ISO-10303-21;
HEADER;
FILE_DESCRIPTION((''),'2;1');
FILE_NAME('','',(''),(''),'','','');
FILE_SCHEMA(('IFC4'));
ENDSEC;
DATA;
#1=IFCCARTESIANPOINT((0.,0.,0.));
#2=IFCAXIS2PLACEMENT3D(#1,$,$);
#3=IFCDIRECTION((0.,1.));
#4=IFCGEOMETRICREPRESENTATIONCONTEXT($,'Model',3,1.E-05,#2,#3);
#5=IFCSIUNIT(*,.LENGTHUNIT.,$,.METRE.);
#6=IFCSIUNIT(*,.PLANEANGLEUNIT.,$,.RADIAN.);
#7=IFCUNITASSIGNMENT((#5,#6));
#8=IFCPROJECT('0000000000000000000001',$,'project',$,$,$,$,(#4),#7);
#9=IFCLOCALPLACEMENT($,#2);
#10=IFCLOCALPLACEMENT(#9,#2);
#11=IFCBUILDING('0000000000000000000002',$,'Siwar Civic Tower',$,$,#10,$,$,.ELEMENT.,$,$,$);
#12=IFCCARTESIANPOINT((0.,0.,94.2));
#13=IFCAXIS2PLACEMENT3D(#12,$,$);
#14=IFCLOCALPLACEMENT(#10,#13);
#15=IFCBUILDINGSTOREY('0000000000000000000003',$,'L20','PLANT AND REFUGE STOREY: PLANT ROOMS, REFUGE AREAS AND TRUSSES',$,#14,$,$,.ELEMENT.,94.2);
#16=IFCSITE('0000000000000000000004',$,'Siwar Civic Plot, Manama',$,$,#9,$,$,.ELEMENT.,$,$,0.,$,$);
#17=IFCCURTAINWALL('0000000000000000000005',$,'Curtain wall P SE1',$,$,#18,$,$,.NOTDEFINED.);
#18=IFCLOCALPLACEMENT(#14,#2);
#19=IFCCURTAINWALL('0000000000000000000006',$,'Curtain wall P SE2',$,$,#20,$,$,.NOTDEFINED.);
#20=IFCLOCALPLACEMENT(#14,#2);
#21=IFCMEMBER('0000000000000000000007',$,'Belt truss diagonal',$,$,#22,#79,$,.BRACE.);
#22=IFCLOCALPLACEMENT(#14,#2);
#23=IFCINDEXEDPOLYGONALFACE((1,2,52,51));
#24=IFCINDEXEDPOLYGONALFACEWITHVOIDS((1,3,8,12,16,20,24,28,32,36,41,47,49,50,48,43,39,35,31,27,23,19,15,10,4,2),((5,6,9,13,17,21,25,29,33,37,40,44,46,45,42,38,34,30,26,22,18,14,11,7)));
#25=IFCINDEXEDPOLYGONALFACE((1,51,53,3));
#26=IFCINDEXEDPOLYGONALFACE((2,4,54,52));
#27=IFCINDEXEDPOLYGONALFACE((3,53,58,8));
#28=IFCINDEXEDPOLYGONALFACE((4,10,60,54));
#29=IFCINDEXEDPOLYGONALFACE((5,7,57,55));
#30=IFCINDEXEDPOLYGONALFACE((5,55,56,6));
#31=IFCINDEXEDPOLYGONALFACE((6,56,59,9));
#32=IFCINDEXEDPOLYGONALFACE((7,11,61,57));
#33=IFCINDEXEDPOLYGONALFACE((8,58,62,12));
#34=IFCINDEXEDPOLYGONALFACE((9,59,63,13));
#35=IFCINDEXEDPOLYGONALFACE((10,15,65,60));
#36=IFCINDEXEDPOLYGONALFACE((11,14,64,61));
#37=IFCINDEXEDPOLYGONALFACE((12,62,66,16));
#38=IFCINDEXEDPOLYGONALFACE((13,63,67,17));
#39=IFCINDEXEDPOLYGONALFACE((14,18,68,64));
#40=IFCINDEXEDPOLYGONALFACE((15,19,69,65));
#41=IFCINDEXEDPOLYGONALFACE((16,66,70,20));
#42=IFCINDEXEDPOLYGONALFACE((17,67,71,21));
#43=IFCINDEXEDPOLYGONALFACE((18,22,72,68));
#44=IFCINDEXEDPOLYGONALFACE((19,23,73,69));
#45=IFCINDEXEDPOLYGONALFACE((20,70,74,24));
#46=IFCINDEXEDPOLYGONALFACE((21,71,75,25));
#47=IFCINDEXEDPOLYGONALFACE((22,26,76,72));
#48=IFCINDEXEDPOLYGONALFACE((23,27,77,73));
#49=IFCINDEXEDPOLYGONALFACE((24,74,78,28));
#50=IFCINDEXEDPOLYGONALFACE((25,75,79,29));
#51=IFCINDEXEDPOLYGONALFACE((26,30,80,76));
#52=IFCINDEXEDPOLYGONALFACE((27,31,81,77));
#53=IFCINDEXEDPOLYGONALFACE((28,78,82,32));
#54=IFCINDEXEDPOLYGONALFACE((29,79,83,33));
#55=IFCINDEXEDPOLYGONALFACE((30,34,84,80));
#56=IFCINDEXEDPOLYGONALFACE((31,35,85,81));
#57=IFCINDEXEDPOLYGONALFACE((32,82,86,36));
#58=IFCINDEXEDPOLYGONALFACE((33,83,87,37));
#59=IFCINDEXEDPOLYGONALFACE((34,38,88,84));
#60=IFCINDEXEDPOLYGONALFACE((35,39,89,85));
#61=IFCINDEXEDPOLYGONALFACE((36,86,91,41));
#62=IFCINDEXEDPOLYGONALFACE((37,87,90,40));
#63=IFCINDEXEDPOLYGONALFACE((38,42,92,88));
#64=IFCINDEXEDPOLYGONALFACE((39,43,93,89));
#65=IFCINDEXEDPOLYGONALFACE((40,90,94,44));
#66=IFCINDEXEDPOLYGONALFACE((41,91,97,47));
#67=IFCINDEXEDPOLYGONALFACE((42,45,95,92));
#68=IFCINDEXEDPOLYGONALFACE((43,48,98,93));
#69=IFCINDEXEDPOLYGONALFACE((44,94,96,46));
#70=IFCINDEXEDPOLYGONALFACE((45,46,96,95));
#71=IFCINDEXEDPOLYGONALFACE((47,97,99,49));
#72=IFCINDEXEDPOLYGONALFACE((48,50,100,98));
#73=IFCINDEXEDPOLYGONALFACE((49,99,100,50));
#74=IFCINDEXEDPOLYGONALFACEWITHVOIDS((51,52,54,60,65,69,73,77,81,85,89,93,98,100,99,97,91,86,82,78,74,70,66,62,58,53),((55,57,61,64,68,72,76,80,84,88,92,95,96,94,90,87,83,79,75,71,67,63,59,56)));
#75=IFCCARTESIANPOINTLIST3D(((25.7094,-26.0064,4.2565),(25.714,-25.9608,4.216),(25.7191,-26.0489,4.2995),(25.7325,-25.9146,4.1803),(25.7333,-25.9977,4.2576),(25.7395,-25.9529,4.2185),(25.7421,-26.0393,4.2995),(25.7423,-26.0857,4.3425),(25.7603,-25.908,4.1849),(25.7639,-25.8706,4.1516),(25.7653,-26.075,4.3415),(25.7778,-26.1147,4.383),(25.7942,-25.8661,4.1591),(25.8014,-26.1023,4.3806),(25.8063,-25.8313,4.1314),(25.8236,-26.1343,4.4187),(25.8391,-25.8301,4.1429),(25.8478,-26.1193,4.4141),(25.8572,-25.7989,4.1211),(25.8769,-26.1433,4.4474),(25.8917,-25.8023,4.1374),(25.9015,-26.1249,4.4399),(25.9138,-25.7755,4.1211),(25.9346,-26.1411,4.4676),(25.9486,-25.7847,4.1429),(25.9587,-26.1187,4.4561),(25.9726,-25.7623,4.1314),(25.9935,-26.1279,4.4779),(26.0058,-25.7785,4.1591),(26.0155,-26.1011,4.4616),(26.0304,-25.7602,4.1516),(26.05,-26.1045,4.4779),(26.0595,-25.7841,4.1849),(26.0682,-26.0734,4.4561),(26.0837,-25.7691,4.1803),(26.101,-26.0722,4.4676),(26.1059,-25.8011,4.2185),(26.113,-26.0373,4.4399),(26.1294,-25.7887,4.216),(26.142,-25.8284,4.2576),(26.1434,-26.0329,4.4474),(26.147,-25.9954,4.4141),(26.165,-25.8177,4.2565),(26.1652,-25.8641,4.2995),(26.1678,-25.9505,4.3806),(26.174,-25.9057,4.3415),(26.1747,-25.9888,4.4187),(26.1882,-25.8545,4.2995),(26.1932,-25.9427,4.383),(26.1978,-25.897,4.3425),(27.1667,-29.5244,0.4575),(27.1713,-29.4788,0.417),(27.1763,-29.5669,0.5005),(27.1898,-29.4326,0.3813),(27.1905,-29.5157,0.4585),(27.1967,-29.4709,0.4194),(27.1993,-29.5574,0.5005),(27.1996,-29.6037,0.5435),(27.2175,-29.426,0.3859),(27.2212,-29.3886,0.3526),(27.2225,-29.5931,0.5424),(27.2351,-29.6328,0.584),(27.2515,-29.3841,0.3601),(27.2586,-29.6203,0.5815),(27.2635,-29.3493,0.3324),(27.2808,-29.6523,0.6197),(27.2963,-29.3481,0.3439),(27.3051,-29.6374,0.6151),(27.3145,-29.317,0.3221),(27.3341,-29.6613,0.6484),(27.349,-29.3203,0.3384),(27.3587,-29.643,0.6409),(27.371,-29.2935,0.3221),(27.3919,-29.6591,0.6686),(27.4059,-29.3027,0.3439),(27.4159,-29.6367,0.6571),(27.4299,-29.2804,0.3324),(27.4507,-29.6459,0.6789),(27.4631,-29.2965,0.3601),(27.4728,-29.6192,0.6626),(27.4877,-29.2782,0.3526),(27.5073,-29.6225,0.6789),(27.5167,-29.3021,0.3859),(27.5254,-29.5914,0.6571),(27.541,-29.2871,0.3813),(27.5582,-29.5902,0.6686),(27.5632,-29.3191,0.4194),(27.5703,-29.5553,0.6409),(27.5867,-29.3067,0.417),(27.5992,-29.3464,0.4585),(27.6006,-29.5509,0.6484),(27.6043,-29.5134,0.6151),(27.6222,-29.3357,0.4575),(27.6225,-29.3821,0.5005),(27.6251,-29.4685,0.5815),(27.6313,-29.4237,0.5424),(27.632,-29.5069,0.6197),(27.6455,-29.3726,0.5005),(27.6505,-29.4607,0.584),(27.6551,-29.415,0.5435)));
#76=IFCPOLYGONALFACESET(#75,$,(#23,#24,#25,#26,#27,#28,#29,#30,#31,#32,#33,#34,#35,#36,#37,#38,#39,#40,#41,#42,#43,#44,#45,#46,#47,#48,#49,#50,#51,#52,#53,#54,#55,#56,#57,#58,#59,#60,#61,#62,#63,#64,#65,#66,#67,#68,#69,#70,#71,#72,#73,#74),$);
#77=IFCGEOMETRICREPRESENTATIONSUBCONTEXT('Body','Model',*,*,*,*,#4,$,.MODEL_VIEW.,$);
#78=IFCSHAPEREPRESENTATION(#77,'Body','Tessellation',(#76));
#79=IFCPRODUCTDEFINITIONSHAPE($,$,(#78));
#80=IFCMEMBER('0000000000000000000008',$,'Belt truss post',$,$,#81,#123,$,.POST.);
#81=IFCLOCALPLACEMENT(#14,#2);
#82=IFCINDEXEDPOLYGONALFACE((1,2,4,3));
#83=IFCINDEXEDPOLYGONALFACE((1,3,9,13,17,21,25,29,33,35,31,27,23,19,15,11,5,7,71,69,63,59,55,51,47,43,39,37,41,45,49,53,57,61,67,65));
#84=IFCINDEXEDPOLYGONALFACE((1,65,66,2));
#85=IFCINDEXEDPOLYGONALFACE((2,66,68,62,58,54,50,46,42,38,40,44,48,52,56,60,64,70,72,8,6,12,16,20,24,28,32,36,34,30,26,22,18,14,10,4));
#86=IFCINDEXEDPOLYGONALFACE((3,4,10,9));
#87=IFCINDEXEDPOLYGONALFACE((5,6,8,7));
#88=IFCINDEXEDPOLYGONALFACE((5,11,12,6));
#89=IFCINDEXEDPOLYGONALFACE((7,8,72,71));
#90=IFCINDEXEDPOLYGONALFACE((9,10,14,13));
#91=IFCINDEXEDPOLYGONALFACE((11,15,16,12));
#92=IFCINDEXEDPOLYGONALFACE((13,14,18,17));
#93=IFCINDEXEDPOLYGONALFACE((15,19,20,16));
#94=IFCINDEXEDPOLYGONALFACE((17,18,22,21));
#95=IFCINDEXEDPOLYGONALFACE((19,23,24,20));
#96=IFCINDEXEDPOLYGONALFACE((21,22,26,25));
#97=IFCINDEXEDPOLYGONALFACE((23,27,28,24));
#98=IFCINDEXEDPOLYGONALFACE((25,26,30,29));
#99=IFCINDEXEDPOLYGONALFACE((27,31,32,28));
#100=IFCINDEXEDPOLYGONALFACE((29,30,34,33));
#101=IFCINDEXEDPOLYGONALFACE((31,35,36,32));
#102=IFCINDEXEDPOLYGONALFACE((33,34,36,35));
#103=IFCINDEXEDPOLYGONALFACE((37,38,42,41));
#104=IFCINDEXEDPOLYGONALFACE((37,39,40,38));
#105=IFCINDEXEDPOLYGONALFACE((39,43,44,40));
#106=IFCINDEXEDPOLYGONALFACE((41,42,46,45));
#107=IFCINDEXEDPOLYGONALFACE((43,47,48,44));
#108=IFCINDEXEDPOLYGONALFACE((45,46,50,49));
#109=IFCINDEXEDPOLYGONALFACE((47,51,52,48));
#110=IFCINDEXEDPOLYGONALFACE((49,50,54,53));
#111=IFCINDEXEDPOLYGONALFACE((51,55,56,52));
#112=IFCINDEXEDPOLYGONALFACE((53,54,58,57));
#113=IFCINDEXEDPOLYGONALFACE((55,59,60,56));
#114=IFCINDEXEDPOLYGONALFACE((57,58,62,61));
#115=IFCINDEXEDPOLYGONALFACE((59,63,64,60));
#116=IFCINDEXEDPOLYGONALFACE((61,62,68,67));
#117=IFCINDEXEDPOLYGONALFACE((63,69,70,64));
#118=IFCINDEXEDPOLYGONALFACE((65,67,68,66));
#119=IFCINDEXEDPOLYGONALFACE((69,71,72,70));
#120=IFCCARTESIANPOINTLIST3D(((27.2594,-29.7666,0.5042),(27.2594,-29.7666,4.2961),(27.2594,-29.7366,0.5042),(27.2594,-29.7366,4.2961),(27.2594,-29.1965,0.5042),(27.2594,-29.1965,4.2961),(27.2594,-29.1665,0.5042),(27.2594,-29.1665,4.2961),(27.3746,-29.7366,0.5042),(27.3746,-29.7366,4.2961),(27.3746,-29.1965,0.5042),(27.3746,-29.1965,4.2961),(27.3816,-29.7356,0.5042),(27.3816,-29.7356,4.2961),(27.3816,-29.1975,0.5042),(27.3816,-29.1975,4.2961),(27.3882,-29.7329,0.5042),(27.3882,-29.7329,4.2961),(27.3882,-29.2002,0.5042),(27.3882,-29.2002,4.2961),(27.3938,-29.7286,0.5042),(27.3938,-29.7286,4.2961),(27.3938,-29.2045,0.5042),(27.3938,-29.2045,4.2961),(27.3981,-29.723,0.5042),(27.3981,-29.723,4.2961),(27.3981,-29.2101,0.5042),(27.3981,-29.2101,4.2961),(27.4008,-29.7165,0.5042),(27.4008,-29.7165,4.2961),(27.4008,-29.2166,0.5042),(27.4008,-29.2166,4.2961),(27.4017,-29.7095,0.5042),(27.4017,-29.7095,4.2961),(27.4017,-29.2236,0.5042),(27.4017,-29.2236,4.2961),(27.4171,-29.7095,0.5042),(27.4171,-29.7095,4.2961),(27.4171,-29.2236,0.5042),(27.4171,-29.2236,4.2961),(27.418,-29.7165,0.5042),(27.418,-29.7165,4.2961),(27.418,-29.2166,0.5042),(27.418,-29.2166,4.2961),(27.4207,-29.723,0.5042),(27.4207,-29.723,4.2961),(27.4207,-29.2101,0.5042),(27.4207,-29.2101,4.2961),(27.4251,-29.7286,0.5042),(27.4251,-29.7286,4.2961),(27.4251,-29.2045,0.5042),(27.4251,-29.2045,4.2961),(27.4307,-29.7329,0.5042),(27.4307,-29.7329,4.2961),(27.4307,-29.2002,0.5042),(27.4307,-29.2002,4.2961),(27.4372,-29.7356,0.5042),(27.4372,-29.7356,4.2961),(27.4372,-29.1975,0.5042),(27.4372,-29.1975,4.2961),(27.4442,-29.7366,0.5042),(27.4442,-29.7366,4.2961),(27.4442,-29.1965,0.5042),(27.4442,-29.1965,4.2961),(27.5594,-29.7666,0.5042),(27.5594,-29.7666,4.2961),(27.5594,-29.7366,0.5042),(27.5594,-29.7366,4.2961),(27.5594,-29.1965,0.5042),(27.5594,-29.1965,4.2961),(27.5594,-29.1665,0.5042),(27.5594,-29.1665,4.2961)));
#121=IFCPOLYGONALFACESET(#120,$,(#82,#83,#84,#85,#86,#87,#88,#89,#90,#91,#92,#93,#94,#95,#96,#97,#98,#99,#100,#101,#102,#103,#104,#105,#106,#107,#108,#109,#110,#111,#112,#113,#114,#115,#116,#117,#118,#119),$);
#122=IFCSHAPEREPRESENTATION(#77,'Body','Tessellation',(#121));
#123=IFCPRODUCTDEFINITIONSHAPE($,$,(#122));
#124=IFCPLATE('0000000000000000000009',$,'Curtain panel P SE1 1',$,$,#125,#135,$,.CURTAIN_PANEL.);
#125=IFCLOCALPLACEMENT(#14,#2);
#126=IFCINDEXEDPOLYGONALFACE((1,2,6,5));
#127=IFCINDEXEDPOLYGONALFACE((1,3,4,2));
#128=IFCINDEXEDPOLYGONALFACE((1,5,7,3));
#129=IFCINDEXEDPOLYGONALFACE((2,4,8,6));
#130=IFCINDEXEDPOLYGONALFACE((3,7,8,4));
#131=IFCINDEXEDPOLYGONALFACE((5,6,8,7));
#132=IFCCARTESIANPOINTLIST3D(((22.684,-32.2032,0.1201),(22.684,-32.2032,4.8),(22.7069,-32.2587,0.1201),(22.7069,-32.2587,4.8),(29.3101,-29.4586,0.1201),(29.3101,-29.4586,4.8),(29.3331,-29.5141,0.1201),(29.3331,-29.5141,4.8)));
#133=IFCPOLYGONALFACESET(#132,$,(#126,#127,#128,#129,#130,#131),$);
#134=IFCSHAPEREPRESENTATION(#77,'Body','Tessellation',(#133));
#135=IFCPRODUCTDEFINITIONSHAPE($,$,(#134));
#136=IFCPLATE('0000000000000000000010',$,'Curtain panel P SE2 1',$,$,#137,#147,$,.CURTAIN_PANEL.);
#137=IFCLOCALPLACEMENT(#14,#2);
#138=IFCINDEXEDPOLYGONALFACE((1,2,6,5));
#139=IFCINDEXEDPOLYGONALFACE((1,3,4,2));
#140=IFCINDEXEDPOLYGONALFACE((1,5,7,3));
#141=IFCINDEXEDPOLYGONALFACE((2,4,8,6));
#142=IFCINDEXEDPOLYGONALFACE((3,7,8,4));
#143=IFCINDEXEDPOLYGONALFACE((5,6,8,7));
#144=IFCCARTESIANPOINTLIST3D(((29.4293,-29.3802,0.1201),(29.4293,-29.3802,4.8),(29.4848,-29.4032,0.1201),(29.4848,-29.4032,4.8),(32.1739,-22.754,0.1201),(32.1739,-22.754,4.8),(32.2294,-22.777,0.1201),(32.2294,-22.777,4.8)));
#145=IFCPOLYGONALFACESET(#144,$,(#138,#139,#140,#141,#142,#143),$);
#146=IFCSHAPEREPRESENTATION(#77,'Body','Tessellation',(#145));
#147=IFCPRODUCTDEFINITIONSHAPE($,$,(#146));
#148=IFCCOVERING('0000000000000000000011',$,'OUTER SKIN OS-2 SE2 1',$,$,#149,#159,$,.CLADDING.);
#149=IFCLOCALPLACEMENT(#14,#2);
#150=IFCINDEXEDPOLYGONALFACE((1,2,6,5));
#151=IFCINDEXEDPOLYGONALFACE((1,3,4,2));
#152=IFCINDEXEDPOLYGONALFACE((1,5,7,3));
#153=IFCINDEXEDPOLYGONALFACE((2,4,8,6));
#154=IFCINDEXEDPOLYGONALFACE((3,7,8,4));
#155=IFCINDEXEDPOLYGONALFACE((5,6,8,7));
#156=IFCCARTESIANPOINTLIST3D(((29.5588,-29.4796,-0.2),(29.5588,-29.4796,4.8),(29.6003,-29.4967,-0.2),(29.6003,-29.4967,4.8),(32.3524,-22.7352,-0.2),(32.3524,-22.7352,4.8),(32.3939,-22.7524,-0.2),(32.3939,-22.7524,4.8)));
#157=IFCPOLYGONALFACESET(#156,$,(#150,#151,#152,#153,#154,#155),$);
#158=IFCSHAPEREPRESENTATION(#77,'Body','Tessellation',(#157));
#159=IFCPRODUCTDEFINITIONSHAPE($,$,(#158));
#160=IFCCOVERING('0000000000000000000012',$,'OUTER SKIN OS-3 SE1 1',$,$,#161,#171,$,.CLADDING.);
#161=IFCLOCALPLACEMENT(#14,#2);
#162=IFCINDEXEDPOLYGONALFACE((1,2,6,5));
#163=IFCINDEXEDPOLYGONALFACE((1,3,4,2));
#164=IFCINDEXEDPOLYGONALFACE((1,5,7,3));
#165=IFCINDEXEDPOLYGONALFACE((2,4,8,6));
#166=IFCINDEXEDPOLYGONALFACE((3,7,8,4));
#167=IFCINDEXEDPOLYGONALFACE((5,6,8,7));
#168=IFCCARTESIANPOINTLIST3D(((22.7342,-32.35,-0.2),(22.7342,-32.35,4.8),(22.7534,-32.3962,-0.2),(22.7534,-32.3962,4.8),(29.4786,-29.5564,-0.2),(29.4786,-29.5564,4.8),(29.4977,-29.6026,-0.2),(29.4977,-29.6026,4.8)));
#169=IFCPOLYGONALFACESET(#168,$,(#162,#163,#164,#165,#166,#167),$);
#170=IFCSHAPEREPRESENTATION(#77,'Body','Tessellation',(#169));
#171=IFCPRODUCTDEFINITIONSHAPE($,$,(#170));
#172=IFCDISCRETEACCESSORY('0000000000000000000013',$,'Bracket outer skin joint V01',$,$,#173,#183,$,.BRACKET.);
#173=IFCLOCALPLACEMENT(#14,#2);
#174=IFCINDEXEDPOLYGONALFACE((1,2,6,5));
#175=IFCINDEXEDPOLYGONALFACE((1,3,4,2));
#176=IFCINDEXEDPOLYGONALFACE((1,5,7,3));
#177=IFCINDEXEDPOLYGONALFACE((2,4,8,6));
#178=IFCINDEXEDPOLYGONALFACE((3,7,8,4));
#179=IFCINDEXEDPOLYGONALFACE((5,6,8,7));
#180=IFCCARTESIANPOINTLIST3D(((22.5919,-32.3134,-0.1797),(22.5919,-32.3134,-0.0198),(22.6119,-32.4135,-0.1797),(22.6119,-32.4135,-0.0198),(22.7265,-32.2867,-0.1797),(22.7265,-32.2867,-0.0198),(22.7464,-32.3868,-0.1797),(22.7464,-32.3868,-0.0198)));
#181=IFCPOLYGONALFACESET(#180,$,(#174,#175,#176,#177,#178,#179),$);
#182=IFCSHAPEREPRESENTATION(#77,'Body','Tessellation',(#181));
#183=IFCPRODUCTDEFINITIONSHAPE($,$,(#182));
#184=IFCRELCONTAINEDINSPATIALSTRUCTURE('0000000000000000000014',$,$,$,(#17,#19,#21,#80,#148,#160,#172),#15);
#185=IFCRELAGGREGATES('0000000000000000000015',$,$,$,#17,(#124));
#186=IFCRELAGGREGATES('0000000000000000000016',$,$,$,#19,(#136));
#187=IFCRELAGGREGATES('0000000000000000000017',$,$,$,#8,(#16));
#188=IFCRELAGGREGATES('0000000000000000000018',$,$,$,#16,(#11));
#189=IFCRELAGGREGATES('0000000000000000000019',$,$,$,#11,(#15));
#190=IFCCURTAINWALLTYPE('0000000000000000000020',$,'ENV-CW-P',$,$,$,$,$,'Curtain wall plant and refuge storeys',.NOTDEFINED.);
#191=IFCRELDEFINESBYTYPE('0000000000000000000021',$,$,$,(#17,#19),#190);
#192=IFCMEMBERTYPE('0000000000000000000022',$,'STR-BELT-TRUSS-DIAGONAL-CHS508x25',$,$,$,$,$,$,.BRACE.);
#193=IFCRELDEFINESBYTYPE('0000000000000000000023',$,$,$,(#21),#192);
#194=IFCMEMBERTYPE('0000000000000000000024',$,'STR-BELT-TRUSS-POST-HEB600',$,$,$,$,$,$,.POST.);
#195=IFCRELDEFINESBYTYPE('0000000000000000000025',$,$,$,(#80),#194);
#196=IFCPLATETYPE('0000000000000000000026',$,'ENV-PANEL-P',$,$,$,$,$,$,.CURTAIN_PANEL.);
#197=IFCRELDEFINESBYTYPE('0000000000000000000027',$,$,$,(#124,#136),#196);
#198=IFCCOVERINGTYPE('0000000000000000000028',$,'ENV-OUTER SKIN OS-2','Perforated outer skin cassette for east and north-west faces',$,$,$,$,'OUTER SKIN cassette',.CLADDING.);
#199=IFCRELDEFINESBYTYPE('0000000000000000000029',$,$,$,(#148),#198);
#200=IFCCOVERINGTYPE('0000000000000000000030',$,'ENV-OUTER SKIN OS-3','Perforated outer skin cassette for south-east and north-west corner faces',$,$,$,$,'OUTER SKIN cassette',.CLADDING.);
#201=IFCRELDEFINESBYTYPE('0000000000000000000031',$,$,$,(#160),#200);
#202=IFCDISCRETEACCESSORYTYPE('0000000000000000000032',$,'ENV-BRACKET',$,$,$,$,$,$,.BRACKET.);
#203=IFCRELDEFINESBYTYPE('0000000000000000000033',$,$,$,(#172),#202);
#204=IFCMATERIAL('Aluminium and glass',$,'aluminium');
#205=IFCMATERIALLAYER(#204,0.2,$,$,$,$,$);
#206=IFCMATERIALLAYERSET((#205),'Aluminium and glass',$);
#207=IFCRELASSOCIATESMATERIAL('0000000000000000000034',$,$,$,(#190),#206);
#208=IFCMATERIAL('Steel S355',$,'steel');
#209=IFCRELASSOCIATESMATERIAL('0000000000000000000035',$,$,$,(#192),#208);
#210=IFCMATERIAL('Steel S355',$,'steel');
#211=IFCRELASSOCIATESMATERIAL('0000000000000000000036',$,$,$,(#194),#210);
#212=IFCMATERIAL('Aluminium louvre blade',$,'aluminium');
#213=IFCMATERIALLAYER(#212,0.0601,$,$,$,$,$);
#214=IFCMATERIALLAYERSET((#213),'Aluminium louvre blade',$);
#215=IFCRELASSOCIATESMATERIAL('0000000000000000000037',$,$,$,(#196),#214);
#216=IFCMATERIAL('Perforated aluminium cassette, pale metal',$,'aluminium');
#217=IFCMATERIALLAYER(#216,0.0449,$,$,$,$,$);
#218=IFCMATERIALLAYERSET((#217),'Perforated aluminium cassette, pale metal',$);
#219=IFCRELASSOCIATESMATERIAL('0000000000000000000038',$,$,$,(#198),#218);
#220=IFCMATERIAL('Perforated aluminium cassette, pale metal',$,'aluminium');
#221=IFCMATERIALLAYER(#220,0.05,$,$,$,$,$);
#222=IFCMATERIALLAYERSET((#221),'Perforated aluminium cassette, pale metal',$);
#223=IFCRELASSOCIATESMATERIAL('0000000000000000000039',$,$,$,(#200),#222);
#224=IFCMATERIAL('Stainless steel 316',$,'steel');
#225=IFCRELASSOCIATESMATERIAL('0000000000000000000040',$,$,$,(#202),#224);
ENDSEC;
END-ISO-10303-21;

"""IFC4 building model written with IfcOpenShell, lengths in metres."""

from ifc_helpers import new_model, si_unit, direction, frame, origin, origin_2d, place, context, subcontext, project, spatial, rectangle, hollow_circle, i_section, extrude, material, layer, layer_set, material_profile, profile_set, type_object, element, aggregate, save


model = new_model("IFC4")

# Units and contexts
model_context = context("Model", 3, precision=1e-05, world=origin(), true_north=direction((0.0, 1.0)))
body_context = subcontext(model_context, "Body", "Model", "MODEL_VIEW")
ifc_project = project(units=[si_unit("LENGTHUNIT", "METRE"), si_unit("PLANEANGLEUNIT", "RADIAN")], contexts=[model_context])

# Site, building, storey
site_placement = place(None, origin())
site = spatial("IfcSite", under=ifc_project, at=site_placement, Name="Siwar Civic Plot, Manama", CompositionType="ELEMENT", RefElevation=0.0)
building_placement = place(site_placement, origin())
building = spatial("IfcBuilding", under=site, at=building_placement, Name="Siwar Civic Tower", CompositionType="ELEMENT")
storey_placement = place(building_placement, frame((0.0, 0.0, 94.2)))
storey = spatial("IfcBuildingStorey", under=building, at=storey_placement, Name="L20", Description="PLANT AND REFUGE STOREY: PLANT ROOMS, REFUGE AREAS AND TRUSSES", CompositionType="ELEMENT", Elevation=94.2)

# Curtain walls
ifc_material_1 = material(Name="Aluminium and glass", Category="aluminium")
ifc_layer_1 = layer(ifc_material_1, 0.2)
ifc_layer_set_1 = layer_set([ifc_layer_1], Name="Aluminium and glass")
curtain_wall_type = type_object("IfcCurtainWallType", Name="ENV-CW-P", ElementType="Curtain wall plant and refuge storeys", PredefinedType="NOTDEFINED", material=ifc_layer_set_1)
curtain_wall_1_placement = place(storey_placement, origin())
curtain_wall_1 = element("IfcCurtainWall", 1, at=curtain_wall_1_placement, inside=storey, type_object=curtain_wall_type, Name="Curtain wall P SE1", PredefinedType="NOTDEFINED")
curtain_wall_2_placement = place(storey_placement, origin())
curtain_wall_2 = element("IfcCurtainWall", 2, at=curtain_wall_2_placement, inside=storey, type_object=curtain_wall_type, Name="Curtain wall P SE2", PredefinedType="NOTDEFINED")

# Members
ifc_material_2 = material(Name="Steel S355", Category="steel")
ifc_material_profile_1 = material_profile(ifc_material_2, hollow_circle(Radius=0.2539, WallThickness=0.0249, at=origin_2d()), Name="CHS508x25")
ifc_profile_set_1 = profile_set([ifc_material_profile_1], Name="Steel S355")
member_type_1 = type_object("IfcMemberType", Name="STR-BELT-TRUSS-DIAGONAL-CHS508x25", PredefinedType="BRACE", material=ifc_profile_set_1)
member_1_placement = place(storey_placement, frame((27.4109, -29.4697, 0.5005), z_axis=(-0.270921, 0.65404, 0.706282), x_axis=(-0.923875, -0.382693, 0.0)))
element("IfcMember", 3, at=member_1_placement, inside=storey, type_object=member_type_1, Name="Belt truss diagonal", PredefinedType="BRACE", context=body_context, shape_type="SweptSolid", body=[
    extrude(hollow_circle(Radius=0.2539, WallThickness=0.0249, at=origin_2d()), origin(), (0.0, 0.0, 1.0), 5.3789),
])
ifc_material_3 = material(Name="Steel S355", Category="steel")
ifc_material_profile_2 = material_profile(ifc_material_3, i_section(OverallWidth=0.3, OverallDepth=0.6001, WebThickness=0.0154, FlangeThickness=0.03, FilletRadius=0.0271, at=origin_2d()), Name="HEB600")
ifc_profile_set_2 = profile_set([ifc_material_profile_2], Name="Steel S355")
member_type_2 = type_object("IfcMemberType", Name="STR-BELT-TRUSS-POST-HEB600", PredefinedType="POST", material=ifc_profile_set_2)
member_2_placement = place(storey_placement, frame((27.4094, -29.4666, 0.5042), z_axis=(0.0, 0.0, 1.0), x_axis=(1.0, 0.0, 0.0)))
element("IfcMember", 4, at=member_2_placement, inside=storey, type_object=member_type_2, Name="Belt truss post", PredefinedType="POST", context=body_context, shape_type="SweptSolid", body=[
    extrude(i_section(OverallWidth=0.3, OverallDepth=0.6001, WebThickness=0.0154, FlangeThickness=0.03, FilletRadius=0.0271, at=origin_2d()), origin(), (0.0, 0.0, 1.0), 3.792),
])

# Plates
ifc_material_4 = material(Name="Aluminium louvre blade", Category="aluminium")
ifc_layer_2 = layer(ifc_material_4, 0.0601)
ifc_layer_set_2 = layer_set([ifc_layer_2], Name="Aluminium louvre blade")
plate_type = type_object("IfcPlateType", Name="ENV-PANEL-P", PredefinedType="CURTAIN_PANEL", material=ifc_layer_set_2)
plate_1_placement = place(storey_placement, frame((26.0085, -30.8586, 0.1201), z_axis=(0.0, 0.0, 1.0), x_axis=(0.92388, 0.382683, 0.0)))
plate_1 = element("IfcPlate", 5, at=plate_1_placement, type_object=plate_type, Name="Curtain panel P SE1 1", PredefinedType="CURTAIN_PANEL", context=body_context, shape_type="SweptSolid", body=[
    extrude(rectangle(XDim=7.1721, YDim=0.0601, at=origin_2d()), origin(), (0.0, 0.0, 1.0), 4.6799),
])
aggregate(curtain_wall_1, [plate_1])
plate_2_placement = place(storey_placement, frame((30.8293, -26.0786, 0.1201), z_axis=(0.0, 0.0, 1.0), x_axis=(0.382683, 0.92388, 0.0)))
plate_2 = element("IfcPlate", 6, at=plate_2_placement, type_object=plate_type, Name="Curtain panel P SE2 1", PredefinedType="CURTAIN_PANEL", context=body_context, shape_type="SweptSolid", body=[
    extrude(rectangle(XDim=7.1721, YDim=0.0601, at=origin_2d()), origin(), (0.0, 0.0, 1.0), 4.6799),
])
aggregate(curtain_wall_2, [plate_2])

# Coverings
ifc_material_5 = material(Name="Perforated aluminium cassette, pale metal", Category="aluminium")
ifc_layer_3 = layer(ifc_material_5, 0.0449)
ifc_layer_set_3 = layer_set([ifc_layer_3], Name="Perforated aluminium cassette, pale metal")
covering_type_1 = type_object("IfcCoveringType", Name="ENV-OUTER SKIN OS-2", Description="Perforated outer skin cassette for east and north-west faces", ElementType="OUTER SKIN cassette", PredefinedType="CLADDING", material=ifc_layer_set_3)
covering_1_placement = place(storey_placement, frame((30.9763, -26.116, -0.2), z_axis=(0.0, 0.0, 1.0), x_axis=(0.382683, 0.92388, 0.0)))
element("IfcCovering", 7, at=covering_1_placement, inside=storey, type_object=covering_type_1, Name="OUTER SKIN OS-2 SE2 1", PredefinedType="CLADDING", context=body_context, shape_type="SweptSolid", body=[
    extrude(rectangle(XDim=7.3, YDim=0.0449, at=origin_2d()), origin(), (0.0, 0.0, 1.0), 5.0),
])
ifc_material_6 = material(Name="Perforated aluminium cassette, pale metal", Category="aluminium")
ifc_layer_4 = layer(ifc_material_6, 0.05)
ifc_layer_set_4 = layer_set([ifc_layer_4], Name="Perforated aluminium cassette, pale metal")
covering_type_2 = type_object("IfcCoveringType", Name="ENV-OUTER SKIN OS-3", Description="Perforated outer skin cassette for south-east and north-west corner faces", ElementType="OUTER SKIN cassette", PredefinedType="CLADDING", material=ifc_layer_set_4)
covering_2_placement = place(storey_placement, frame((26.116, -30.9763, -0.2), z_axis=(0.0, 0.0, 1.0), x_axis=(0.92388, 0.382683, 0.0)))
element("IfcCovering", 8, at=covering_2_placement, inside=storey, type_object=covering_type_2, Name="OUTER SKIN OS-3 SE1 1", PredefinedType="CLADDING", context=body_context, shape_type="SweptSolid", body=[
    extrude(rectangle(XDim=7.3, YDim=0.05, at=origin_2d()), origin(), (0.0, 0.0, 1.0), 5.0),
])

# Discrete accessory
ifc_material_7 = material(Name="Stainless steel 316", Category="steel")
discrete_accessory_type_1 = type_object("IfcDiscreteAccessoryType", Name="ENV-BRACKET", PredefinedType="BRACKET", material=ifc_material_7)
discrete_accessory_1_placement = place(storey_placement, frame((22.6692, -32.3501, -0.1797), z_axis=(0.0, 0.0, 1.0), x_axis=(0.19509, -0.980785, 0.0)))
element("IfcDiscreteAccessory", 9, at=discrete_accessory_1_placement, inside=storey, type_object=discrete_accessory_type_1, Name="Bracket outer skin joint V01", PredefinedType="BRACKET", context=body_context, shape_type="SweptSolid", body=[
    extrude(rectangle(XDim=0.1021, YDim=0.1372, at=origin_2d()), origin(), (0.0, 0.0, 1.0), 0.1599),
])

save(model, "model.ifc")
